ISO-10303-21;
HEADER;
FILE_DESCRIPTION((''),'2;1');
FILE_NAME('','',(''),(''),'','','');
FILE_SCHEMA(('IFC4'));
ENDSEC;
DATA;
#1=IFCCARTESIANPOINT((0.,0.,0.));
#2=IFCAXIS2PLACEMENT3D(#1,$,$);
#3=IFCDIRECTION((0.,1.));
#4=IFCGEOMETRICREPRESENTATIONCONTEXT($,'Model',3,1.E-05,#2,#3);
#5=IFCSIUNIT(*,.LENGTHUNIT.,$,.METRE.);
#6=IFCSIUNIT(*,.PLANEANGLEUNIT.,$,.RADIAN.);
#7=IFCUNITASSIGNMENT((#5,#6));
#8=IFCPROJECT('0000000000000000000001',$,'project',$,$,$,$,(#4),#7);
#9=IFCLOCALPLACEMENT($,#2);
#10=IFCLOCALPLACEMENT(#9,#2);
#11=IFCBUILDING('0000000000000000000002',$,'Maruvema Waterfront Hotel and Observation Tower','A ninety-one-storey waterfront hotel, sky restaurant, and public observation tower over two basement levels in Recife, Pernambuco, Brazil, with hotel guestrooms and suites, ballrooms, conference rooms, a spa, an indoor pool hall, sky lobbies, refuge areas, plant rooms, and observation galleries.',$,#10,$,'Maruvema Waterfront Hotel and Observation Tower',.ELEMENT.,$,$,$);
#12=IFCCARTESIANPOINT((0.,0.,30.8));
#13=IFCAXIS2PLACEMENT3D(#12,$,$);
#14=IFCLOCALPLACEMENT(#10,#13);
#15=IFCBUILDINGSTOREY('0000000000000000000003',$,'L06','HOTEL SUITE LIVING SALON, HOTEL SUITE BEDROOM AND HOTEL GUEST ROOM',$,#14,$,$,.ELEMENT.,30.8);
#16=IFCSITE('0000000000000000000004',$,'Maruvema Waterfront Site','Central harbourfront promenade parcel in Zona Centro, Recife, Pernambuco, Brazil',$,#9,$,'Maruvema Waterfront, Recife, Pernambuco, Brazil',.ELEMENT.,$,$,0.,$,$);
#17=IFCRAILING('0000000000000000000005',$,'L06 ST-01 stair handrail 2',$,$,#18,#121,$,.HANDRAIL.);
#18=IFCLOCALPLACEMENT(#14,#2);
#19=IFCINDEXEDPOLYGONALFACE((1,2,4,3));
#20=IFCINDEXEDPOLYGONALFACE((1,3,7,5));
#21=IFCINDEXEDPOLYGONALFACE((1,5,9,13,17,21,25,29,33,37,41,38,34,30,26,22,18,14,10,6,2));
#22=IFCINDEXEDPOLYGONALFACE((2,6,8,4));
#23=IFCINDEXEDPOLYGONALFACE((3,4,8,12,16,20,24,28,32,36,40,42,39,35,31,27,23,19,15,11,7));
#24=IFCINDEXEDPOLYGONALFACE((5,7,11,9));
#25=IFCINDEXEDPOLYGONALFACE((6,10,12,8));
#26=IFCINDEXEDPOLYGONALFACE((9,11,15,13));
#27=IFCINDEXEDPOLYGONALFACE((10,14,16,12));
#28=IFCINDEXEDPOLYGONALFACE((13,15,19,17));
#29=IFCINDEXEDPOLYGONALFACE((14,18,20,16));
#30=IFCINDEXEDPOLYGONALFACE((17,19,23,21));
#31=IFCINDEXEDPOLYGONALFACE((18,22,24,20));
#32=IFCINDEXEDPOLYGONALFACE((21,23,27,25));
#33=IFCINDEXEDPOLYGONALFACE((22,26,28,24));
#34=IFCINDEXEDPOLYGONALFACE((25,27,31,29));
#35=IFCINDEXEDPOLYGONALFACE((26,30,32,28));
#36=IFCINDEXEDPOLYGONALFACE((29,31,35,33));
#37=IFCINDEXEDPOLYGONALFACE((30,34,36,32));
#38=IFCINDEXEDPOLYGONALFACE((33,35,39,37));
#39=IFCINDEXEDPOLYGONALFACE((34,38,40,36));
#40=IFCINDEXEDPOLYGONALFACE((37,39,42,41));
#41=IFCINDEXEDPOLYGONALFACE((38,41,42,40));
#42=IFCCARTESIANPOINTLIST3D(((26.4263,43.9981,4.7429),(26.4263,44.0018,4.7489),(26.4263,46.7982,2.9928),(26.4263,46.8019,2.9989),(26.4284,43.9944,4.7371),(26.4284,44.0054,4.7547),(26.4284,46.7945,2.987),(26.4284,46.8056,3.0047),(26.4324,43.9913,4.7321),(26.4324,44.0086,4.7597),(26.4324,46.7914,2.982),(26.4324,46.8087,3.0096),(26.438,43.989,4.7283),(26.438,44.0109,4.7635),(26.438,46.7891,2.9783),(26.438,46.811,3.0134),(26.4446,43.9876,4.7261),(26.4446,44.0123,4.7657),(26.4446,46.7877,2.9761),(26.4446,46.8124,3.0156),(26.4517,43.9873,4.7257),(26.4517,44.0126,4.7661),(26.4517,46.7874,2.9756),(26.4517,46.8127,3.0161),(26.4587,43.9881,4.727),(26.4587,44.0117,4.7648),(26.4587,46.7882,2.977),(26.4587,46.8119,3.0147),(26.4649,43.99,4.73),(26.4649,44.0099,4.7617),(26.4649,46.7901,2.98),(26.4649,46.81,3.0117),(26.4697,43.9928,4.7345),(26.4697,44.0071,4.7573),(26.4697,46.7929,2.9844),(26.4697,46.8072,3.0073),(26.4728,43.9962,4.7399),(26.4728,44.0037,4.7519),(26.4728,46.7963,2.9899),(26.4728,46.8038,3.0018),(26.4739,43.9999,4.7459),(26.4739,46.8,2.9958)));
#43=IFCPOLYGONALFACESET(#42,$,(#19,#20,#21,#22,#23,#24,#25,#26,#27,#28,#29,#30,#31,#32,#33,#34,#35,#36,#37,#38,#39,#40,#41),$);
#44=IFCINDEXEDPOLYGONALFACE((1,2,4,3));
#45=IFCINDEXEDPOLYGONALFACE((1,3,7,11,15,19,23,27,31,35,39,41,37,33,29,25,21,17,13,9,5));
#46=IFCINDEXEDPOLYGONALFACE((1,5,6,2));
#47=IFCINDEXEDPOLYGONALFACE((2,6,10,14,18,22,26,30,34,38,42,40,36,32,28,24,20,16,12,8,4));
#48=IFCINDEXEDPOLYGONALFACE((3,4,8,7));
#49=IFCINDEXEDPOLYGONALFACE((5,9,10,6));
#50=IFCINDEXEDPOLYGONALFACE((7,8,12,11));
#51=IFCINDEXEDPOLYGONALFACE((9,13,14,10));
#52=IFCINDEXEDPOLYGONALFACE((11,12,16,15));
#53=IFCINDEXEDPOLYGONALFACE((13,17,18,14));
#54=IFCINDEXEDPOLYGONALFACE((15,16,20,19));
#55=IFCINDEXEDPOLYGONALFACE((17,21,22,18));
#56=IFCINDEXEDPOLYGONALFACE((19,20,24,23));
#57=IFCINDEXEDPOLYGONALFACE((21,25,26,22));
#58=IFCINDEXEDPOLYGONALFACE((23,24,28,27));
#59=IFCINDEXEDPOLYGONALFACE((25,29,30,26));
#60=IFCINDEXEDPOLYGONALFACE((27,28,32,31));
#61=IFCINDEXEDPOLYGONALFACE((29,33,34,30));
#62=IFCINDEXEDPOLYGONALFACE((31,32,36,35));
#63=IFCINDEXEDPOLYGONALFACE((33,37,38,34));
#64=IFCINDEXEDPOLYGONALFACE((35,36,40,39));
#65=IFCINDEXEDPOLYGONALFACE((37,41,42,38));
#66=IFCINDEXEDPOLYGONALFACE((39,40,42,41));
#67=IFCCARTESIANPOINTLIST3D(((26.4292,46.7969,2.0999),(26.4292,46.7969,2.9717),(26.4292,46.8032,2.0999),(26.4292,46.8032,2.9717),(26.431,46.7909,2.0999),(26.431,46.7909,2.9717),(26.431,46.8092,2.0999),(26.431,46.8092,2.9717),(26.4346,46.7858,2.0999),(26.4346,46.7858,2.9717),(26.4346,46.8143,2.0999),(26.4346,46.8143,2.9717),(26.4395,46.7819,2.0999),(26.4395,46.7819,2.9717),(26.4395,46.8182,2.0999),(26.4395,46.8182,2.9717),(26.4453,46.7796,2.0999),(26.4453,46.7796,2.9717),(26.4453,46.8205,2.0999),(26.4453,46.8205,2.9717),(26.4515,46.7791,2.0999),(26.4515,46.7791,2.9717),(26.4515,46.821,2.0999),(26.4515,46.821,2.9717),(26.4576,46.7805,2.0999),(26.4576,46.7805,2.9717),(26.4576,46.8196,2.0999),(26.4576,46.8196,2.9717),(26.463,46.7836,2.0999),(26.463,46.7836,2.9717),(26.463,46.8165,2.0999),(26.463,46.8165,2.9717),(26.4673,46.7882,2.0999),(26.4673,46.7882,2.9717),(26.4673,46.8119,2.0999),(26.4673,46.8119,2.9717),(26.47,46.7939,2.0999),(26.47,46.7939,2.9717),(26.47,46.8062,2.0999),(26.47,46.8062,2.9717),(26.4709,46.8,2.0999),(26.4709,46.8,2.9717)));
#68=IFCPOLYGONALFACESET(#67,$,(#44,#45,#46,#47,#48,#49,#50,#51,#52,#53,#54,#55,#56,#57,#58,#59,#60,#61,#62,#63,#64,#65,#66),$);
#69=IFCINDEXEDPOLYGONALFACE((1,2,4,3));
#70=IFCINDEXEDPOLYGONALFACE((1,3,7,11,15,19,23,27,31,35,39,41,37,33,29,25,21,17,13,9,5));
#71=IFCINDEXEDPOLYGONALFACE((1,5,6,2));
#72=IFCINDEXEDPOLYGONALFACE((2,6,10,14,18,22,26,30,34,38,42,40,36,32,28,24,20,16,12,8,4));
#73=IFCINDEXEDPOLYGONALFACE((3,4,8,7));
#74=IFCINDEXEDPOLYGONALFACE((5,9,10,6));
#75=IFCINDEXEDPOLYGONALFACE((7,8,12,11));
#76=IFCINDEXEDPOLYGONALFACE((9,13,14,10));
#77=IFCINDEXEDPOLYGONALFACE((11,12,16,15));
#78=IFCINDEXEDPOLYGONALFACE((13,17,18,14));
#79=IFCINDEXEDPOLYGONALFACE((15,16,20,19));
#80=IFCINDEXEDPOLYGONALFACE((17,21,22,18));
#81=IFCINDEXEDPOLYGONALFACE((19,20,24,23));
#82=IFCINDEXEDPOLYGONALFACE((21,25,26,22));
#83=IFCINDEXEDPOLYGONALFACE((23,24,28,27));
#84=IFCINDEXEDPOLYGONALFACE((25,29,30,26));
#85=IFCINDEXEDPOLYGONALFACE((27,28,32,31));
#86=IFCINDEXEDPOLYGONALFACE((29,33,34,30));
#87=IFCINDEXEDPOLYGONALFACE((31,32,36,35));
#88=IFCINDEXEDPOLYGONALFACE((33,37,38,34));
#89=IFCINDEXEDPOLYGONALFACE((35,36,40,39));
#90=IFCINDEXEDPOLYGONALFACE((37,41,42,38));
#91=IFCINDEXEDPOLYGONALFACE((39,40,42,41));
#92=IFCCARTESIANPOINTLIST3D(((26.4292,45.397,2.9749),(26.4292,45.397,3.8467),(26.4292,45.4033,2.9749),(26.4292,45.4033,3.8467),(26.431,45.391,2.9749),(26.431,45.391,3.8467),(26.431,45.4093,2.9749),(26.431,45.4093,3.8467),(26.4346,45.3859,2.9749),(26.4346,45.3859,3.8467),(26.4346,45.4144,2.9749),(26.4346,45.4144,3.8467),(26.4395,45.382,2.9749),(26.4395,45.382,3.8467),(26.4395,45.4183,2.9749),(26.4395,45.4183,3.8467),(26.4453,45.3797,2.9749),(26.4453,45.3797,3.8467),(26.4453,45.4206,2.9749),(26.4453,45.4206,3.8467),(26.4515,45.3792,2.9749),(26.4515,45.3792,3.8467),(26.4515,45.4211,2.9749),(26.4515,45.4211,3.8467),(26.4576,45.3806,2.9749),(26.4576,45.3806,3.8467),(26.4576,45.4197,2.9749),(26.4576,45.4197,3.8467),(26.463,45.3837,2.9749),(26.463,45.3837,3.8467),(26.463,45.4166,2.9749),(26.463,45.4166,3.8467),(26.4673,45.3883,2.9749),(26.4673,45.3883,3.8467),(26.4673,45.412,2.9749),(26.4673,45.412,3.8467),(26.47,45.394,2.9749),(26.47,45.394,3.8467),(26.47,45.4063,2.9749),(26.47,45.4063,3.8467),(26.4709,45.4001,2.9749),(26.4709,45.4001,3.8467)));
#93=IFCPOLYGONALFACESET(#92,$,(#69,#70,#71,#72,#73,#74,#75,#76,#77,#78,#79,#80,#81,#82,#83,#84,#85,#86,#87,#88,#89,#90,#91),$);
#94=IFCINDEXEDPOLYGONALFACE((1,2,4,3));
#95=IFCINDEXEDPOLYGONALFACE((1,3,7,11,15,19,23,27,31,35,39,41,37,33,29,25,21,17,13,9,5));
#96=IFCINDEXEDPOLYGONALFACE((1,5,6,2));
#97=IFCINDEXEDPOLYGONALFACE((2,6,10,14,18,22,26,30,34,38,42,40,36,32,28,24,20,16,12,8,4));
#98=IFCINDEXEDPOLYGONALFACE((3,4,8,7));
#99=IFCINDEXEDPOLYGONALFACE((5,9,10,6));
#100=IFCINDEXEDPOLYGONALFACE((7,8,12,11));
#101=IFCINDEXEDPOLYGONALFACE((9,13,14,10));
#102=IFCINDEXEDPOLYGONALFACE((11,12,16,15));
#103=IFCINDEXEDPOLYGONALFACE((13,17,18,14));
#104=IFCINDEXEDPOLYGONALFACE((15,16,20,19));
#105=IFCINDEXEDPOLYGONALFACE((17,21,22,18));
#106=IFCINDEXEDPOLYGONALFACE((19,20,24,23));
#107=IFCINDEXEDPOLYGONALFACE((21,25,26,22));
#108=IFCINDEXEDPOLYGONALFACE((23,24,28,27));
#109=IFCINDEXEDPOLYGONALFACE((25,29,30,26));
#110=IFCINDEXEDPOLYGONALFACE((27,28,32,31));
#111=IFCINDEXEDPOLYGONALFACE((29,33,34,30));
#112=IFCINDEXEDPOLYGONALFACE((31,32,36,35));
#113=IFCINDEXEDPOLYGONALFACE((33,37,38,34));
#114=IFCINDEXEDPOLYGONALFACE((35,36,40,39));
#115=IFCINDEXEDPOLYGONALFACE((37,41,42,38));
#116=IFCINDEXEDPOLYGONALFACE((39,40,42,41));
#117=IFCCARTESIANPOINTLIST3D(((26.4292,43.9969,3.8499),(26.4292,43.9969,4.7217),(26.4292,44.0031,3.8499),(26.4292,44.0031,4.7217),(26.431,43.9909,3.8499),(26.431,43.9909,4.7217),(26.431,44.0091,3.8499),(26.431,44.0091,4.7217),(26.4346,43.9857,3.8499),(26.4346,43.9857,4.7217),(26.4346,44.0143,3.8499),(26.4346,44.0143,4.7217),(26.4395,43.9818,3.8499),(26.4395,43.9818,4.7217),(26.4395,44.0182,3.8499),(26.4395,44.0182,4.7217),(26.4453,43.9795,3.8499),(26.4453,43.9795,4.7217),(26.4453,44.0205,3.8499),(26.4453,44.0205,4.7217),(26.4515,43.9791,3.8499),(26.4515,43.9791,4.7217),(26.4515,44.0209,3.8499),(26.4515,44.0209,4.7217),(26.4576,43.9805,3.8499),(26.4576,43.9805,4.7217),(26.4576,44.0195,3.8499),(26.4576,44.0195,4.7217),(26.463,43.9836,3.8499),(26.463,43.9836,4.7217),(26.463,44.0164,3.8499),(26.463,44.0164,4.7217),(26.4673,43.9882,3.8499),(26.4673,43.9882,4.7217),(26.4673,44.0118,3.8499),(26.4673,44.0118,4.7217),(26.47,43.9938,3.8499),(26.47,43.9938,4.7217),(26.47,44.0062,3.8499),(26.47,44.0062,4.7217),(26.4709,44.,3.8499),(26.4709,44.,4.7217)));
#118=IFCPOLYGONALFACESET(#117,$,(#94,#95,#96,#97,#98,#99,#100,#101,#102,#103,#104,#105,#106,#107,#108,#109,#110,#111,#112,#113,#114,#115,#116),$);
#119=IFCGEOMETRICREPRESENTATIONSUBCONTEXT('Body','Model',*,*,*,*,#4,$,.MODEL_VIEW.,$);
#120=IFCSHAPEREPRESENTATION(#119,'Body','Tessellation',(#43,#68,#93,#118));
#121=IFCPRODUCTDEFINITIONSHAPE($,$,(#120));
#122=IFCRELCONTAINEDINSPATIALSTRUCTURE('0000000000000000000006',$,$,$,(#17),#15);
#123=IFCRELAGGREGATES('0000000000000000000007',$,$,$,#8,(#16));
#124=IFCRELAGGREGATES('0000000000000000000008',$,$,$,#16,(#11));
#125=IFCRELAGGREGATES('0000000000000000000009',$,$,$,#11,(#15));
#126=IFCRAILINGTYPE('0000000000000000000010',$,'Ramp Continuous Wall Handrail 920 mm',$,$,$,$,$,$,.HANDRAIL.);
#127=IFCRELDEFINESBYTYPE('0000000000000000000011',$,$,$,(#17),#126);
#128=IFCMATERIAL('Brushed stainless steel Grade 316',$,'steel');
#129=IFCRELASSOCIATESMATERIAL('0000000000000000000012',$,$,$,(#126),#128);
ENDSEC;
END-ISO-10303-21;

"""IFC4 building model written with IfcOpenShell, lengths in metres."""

from ifc_helpers import new_model, si_unit, direction, frame, origin, origin_2d, place, context, subcontext, project, spatial, circle, extrude, material, type_object, element, save


model = new_model("IFC4")

# Units and contexts
model_context = context("Model", 3, precision=1e-05, world=origin(), true_north=direction((0.0, 1.0)))
body_context = subcontext(model_context, "Body", "Model", "MODEL_VIEW")
ifc_project = project(units=[si_unit("LENGTHUNIT", "METRE"), si_unit("PLANEANGLEUNIT", "RADIAN")], contexts=[model_context])

# Site, building, storey
site_placement = place(None, origin())
site = spatial("IfcSite", under=ifc_project, at=site_placement, Name="Maruvema Waterfront Site", Description="Central harbourfront promenade parcel in Zona Centro, Recife, Pernambuco, Brazil", LongName="Maruvema Waterfront, Recife, Pernambuco, Brazil", CompositionType="ELEMENT", RefElevation=0.0)
building_placement = place(site_placement, origin())
building = spatial("IfcBuilding", under=site, at=building_placement, Name="Maruvema Waterfront Hotel and Observation Tower", Description="A ninety-one-storey waterfront hotel, sky restaurant, and public observation tower over two basement levels in Recife, Pernambuco, Brazil, with hotel guestrooms and suites, ballrooms, conference rooms, a spa, an indoor pool hall, sky lobbies, refuge areas, plant rooms, and observation galleries.", LongName="Maruvema Waterfront Hotel and Observation Tower", CompositionType="ELEMENT")
storey_placement = place(building_placement, frame((0.0, 0.0, 30.8)))
storey = spatial("IfcBuildingStorey", under=building, at=storey_placement, Name="L06", Description="HOTEL SUITE LIVING SALON, HOTEL SUITE BEDROOM AND HOTEL GUEST ROOM", CompositionType="ELEMENT", Elevation=30.8)

# Railing
ifc_material_1 = material(Name="Brushed stainless steel Grade 316", Category="steel")
railing_type_1 = type_object("IfcRailingType", Name="Ramp Continuous Wall Handrail 920 mm", PredefinedType="HANDRAIL", material=ifc_material_1)
railing_1_placement = place(storey_placement, frame((26.45, 46.8, 2.0999)))
element("IfcRailing", 1, at=railing_1_placement, inside=storey, type_object=railing_type_1, Name="L06 ST-01 stair handrail 2", PredefinedType="HANDRAIL", context=body_context, shape_type="SweptSolid", body=[
    extrude(circle(Radius=0.0239, at=origin_2d()), frame((0.0, 0.0, 0.896), z_axis=(0.0, -0.848002, 0.529992), x_axis=(1.0, 0.0, 0.0)), (0.0, 0.0, 1.0), 3.302),
    extrude(circle(Radius=0.021, at=origin_2d()), origin(), (0.0, 0.0, 1.0), 0.8718),
    extrude(circle(Radius=0.021, at=origin_2d()), frame((0.0, -1.3999, 0.875)), (0.0, 0.0, 1.0), 0.8718),
    extrude(circle(Radius=0.021, at=origin_2d()), frame((0.0, -2.8, 1.75)), (0.0, 0.0, 1.0), 0.8718),
])

save(model, "model.ifc")
